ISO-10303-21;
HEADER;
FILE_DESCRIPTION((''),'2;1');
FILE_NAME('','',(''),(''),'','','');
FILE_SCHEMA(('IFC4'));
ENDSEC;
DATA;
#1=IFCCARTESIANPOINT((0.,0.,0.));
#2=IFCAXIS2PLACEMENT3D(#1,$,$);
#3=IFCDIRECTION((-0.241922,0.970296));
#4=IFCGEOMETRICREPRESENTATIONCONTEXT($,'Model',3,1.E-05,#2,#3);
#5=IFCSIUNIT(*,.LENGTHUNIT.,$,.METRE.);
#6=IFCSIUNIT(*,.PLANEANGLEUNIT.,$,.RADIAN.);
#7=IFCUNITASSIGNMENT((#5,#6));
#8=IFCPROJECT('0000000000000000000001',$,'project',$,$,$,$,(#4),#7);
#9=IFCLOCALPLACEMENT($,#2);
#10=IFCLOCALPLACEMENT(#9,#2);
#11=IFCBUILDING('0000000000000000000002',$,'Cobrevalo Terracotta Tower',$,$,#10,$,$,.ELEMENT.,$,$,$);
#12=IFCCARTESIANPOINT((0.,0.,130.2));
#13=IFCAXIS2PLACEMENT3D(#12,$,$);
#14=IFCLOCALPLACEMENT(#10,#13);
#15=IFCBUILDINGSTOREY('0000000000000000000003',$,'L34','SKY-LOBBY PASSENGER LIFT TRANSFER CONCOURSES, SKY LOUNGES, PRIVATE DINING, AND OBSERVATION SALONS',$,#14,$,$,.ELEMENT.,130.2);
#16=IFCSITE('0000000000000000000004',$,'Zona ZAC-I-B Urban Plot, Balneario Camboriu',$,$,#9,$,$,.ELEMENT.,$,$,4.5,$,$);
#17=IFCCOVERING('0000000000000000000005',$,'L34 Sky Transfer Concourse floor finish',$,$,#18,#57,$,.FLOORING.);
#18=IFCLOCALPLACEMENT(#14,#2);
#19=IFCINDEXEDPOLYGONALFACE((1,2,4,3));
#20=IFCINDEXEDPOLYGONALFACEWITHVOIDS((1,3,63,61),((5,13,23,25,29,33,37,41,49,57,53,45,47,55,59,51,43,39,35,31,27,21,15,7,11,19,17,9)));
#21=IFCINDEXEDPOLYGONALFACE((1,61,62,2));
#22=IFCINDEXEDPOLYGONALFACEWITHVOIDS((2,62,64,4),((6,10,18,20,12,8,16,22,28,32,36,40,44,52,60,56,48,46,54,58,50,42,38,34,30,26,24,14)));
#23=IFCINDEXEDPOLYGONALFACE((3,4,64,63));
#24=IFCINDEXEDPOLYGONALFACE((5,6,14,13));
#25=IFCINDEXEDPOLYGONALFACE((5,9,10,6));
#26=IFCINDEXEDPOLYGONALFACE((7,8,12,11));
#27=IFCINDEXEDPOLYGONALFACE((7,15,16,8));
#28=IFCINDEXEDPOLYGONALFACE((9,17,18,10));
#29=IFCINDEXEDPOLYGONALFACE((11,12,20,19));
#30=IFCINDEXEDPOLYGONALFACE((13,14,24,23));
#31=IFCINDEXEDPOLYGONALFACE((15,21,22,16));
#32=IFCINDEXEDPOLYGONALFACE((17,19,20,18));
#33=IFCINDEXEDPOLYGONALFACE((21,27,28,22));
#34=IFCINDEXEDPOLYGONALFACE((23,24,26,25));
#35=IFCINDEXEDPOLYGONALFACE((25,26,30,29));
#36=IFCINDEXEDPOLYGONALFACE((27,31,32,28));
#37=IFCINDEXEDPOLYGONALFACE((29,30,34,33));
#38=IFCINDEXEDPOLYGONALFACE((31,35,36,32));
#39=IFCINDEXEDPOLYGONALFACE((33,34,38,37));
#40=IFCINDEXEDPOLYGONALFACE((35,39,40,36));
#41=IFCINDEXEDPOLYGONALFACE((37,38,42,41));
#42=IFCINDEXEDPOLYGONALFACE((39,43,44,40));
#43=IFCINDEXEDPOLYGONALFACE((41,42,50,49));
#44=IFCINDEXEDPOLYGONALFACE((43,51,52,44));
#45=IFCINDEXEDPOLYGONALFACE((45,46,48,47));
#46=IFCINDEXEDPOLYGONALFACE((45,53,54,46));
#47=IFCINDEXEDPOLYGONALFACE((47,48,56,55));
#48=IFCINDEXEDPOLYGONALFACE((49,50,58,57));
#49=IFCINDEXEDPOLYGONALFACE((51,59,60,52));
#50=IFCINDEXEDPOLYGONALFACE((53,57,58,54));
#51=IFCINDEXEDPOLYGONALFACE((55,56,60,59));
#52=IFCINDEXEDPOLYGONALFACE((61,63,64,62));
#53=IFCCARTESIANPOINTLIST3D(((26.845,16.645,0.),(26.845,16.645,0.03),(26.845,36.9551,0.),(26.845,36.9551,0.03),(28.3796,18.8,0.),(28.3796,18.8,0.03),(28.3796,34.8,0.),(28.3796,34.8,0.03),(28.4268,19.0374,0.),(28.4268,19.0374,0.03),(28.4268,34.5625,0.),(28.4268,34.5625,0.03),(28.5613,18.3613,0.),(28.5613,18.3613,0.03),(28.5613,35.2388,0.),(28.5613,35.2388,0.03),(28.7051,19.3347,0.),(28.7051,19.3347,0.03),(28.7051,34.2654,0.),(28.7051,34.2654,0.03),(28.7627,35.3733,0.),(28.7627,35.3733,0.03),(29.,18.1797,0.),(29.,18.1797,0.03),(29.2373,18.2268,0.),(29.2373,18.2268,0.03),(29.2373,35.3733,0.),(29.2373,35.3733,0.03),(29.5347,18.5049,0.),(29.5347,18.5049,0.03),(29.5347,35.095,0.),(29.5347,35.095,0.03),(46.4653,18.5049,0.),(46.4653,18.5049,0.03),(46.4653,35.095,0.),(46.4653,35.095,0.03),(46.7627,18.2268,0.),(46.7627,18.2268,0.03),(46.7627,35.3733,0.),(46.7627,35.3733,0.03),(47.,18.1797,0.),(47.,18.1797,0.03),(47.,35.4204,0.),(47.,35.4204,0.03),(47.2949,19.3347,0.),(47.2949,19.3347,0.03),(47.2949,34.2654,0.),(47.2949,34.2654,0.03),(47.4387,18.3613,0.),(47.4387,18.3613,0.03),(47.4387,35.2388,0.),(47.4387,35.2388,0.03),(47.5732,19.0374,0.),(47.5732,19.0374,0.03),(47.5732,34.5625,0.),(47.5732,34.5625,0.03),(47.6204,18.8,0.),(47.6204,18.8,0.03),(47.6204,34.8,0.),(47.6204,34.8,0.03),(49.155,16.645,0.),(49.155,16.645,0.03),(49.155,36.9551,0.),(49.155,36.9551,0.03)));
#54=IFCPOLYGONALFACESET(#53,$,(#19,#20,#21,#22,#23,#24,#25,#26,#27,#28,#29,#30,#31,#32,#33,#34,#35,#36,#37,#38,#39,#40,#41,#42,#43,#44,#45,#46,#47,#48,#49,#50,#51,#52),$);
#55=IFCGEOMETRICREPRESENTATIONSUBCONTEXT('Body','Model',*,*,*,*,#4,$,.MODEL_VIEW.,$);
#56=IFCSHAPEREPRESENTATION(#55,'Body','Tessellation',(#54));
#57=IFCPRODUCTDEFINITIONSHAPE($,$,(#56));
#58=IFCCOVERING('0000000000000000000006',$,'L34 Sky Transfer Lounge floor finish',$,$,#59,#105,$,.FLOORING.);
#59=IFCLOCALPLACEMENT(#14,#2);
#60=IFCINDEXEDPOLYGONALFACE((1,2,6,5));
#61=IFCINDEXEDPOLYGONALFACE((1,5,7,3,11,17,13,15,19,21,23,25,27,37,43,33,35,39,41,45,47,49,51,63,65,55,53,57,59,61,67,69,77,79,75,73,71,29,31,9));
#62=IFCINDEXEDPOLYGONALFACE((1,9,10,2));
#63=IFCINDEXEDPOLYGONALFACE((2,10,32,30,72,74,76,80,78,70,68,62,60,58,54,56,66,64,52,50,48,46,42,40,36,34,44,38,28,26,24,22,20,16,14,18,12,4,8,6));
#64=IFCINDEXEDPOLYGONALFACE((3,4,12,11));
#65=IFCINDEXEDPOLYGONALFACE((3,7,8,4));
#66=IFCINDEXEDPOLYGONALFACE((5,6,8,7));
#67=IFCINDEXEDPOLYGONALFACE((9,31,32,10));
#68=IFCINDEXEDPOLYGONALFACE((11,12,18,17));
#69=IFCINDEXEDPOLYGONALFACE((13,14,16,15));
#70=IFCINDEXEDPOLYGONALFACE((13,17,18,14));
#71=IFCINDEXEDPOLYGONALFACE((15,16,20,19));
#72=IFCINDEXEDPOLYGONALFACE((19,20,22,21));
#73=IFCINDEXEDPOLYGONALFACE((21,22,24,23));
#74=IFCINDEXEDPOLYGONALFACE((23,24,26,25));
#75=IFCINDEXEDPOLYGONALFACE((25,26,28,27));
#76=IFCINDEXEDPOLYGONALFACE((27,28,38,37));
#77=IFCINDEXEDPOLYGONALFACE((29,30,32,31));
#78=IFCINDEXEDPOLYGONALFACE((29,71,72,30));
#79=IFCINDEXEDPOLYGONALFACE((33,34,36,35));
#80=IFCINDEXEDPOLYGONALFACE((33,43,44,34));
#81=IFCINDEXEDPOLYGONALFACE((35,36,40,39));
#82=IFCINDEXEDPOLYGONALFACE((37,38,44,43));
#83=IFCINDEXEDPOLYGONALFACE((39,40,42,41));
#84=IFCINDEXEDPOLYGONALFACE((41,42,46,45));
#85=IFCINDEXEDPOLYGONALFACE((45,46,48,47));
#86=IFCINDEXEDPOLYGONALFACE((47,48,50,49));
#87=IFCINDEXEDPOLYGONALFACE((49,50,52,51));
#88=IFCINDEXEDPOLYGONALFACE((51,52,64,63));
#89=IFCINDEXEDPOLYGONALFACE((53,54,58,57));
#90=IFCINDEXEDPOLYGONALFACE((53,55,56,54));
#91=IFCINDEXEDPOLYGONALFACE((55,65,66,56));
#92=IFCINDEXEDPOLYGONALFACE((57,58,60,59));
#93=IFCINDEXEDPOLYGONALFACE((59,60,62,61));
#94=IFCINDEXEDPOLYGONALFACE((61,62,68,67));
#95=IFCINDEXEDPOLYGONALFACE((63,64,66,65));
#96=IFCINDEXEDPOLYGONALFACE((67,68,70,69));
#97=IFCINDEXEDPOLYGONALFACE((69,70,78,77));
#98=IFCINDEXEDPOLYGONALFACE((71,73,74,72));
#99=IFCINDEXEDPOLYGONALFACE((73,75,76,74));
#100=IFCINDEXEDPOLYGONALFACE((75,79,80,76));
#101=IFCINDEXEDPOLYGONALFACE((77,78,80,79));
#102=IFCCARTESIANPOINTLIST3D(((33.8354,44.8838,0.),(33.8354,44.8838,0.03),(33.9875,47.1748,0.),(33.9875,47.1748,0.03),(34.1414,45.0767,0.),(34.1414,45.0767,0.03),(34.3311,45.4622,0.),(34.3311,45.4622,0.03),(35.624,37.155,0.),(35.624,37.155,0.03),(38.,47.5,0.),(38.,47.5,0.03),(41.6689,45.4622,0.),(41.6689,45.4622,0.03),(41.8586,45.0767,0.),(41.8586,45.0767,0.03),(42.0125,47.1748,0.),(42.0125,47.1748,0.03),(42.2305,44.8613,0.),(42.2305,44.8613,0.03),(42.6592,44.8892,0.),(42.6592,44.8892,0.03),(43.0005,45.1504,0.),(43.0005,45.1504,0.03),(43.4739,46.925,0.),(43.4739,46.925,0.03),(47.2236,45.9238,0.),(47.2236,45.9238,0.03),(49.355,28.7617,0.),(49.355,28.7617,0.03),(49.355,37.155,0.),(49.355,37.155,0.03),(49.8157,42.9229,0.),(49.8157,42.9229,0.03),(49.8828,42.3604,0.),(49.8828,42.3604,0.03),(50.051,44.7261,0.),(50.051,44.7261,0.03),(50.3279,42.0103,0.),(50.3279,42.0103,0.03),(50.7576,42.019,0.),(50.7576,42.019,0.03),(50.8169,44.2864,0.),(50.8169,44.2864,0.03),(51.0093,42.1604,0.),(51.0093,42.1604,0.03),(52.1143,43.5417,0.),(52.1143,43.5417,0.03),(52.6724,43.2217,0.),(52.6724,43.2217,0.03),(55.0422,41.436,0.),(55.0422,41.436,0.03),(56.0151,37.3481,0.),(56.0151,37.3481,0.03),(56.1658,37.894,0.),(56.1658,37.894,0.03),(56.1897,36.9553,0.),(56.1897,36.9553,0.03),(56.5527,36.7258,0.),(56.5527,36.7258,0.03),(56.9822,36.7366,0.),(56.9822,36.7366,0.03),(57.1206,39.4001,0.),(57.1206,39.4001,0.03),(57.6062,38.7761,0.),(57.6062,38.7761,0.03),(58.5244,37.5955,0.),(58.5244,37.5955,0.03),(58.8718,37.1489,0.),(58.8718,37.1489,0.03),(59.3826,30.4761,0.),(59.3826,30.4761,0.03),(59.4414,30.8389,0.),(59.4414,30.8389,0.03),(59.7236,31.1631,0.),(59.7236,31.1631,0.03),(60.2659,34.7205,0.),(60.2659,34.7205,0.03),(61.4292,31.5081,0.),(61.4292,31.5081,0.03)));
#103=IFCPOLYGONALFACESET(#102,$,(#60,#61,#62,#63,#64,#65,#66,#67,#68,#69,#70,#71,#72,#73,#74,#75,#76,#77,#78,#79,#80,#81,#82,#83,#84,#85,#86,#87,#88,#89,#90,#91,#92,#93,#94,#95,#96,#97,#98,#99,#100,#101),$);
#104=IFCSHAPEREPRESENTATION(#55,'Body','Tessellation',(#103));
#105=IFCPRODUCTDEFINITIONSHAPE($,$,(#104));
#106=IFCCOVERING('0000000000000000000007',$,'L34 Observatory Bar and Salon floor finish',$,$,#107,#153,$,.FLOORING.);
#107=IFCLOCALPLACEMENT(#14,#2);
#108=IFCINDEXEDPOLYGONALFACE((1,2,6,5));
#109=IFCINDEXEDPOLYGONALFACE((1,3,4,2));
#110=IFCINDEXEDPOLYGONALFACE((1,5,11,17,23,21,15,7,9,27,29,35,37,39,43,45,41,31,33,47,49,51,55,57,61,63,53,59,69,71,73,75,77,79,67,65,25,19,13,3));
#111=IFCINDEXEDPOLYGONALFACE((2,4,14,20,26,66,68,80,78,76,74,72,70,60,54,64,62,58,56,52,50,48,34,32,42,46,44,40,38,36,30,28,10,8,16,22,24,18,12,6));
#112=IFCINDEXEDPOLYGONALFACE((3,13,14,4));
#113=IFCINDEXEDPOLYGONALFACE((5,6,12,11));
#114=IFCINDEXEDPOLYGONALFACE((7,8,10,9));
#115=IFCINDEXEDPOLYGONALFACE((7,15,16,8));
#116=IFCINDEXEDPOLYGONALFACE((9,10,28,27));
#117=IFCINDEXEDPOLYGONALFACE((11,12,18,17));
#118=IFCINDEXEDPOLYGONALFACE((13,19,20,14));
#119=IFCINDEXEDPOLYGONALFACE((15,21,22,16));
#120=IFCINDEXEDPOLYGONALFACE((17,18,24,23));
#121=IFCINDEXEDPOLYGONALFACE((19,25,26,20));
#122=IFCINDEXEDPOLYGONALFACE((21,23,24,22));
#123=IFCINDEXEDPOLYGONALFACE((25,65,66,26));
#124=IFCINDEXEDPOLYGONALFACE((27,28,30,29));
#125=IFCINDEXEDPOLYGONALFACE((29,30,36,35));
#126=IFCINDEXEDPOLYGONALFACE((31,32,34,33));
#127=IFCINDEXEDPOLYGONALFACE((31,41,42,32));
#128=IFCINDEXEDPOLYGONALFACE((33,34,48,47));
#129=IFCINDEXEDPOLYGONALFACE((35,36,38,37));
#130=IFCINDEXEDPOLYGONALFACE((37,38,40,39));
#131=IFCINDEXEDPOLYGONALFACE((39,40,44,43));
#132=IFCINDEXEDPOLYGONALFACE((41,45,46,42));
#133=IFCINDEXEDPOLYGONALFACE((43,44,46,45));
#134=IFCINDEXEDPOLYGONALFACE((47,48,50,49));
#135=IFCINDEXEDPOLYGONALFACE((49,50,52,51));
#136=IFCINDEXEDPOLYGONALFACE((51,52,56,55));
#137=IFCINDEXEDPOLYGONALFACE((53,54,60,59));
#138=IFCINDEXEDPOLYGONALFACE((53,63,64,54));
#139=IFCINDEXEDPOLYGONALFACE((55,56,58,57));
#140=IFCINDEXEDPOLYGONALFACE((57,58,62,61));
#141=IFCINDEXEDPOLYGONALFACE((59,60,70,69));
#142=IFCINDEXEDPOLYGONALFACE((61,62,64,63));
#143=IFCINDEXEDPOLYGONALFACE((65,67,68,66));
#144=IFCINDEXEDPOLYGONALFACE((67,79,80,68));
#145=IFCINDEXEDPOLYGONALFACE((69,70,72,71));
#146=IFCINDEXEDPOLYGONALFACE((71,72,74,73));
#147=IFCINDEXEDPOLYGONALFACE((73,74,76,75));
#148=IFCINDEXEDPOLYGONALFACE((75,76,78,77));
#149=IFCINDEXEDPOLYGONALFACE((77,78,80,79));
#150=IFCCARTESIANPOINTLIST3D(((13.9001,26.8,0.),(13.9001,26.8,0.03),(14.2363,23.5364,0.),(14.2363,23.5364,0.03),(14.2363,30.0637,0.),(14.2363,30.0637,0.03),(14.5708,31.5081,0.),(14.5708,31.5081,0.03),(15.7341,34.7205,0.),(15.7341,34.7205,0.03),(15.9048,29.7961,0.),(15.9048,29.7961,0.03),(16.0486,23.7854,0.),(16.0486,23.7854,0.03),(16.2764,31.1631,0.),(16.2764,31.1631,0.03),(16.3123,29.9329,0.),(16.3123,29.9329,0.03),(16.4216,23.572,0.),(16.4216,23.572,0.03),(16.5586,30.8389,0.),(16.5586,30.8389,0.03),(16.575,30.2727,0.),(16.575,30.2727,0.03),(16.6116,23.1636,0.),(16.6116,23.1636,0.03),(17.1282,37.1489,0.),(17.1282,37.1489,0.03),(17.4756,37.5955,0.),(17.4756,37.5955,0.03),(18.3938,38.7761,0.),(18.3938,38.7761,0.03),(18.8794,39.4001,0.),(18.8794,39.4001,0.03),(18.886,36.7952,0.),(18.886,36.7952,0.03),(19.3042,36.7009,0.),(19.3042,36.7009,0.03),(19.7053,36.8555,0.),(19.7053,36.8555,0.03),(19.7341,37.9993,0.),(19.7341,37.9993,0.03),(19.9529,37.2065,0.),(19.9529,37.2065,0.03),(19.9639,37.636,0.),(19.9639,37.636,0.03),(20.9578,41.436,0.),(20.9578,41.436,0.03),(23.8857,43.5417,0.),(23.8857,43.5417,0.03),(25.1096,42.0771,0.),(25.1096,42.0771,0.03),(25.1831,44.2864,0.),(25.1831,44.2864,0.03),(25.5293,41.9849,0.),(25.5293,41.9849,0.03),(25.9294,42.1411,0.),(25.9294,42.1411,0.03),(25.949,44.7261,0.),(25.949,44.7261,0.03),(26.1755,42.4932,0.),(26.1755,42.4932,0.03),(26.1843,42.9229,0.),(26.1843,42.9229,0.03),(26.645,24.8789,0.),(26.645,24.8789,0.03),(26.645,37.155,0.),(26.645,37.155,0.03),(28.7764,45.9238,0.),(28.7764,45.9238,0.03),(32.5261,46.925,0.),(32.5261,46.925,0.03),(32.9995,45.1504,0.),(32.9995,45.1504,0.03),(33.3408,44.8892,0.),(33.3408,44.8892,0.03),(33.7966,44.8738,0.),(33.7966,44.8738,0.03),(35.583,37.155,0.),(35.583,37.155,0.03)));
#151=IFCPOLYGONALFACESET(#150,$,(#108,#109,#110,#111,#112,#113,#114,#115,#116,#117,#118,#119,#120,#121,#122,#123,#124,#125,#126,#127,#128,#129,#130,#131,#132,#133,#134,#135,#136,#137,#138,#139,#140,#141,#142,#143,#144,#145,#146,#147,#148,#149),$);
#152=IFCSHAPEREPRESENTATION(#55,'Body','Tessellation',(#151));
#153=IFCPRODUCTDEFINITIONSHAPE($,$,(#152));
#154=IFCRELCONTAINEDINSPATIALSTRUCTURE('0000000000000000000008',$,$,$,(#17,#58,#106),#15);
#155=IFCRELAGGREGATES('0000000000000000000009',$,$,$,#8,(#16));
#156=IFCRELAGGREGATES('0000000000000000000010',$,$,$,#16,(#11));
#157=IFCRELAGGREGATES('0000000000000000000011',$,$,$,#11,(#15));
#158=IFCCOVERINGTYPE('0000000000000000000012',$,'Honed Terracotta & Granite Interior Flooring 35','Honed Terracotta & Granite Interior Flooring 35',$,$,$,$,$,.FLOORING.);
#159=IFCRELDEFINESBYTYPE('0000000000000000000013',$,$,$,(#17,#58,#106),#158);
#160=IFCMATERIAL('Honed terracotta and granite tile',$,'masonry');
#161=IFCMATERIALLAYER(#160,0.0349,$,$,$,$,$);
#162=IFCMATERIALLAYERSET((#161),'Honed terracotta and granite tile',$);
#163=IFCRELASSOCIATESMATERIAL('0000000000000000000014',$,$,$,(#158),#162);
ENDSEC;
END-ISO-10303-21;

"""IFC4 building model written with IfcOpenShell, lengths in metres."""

from ifc_helpers import new_model, si_unit, direction, frame, origin, place, context, subcontext, project, spatial, polyline, outline, extrude, material, layer, layer_set, type_object, element, save


model = new_model("IFC4")

# Units and contexts
model_context = context("Model", 3, precision=1e-05, world=origin(), true_north=direction((-0.241922, 0.970296)))
body_context = subcontext(model_context, "Body", "Model", "MODEL_VIEW")
ifc_project = project(units=[si_unit("LENGTHUNIT", "METRE"), si_unit("PLANEANGLEUNIT", "RADIAN")], contexts=[model_context])

# Site, building, storey
site_placement = place(None, origin())
site = spatial("IfcSite", under=ifc_project, at=site_placement, Name="Zona ZAC-I-B Urban Plot, Balneario Camboriu", CompositionType="ELEMENT", RefElevation=4.5)
building_placement = place(site_placement, origin())
building = spatial("IfcBuilding", under=site, at=building_placement, Name="Cobrevalo Terracotta Tower", CompositionType="ELEMENT")
storey_placement = place(building_placement, frame((0.0, 0.0, 130.2)))
storey = spatial("IfcBuildingStorey", under=building, at=storey_placement, Name="L34", Description="SKY-LOBBY PASSENGER LIFT TRANSFER CONCOURSES, SKY LOUNGES, PRIVATE DINING, AND OBSERVATION SALONS", CompositionType="ELEMENT", Elevation=130.2)

# Coverings
ifc_material_1 = material(Name="Honed terracotta and granite tile", Category="masonry")
ifc_layer_1 = layer(ifc_material_1, 0.0349)
ifc_layer_set_1 = layer_set([ifc_layer_1], Name="Honed terracotta and granite tile")
covering_type_1 = type_object("IfcCoveringType", Name="Honed Terracotta & Granite Interior Flooring 35", Description="Honed Terracotta & Granite Interior Flooring 35", PredefinedType="FLOORING", material=ifc_layer_set_1)
covering_1_placement = place(storey_placement, origin())
element("IfcCovering", 1, at=covering_1_placement, inside=storey, type_object=covering_type_1, Name="L34 Sky Transfer Concourse floor finish", PredefinedType="FLOORING", context=body_context, shape_type="SweptSolid", body=[
    extrude(outline(polyline([(49.155, 16.645), (26.845, 16.645), (26.845, 36.9551), (49.155, 36.9551), (49.155, 16.645)]), holes=[polyline([(29.5347, 35.095), (29.2373, 35.3733), (28.7627, 35.3733), (28.5613, 35.2388), (28.3796, 34.8), (28.4268, 34.5625), (28.7051, 34.2654), (28.7051, 19.3347), (28.4268, 19.0374), (28.3796, 18.8), (28.5613, 18.3613), (29.0, 18.1797), (29.2373, 18.2268), (29.5347, 18.5049), (46.4653, 18.5049), (46.7627, 18.2268), (47.0, 18.1797), (47.4387, 18.3613), (47.6204, 18.8), (47.5732, 19.0374), (47.2949, 19.3347), (47.2949, 34.2654), (47.5732, 34.5625), (47.6204, 34.8), (47.4387, 35.2388), (47.0, 35.4204), (46.7627, 35.3733), (46.4653, 35.095), (29.5347, 35.095)])]), origin(), (0.0, 0.0, 1.0), 0.03),
])
covering_2_placement = place(storey_placement, origin())
element("IfcCovering", 2, at=covering_2_placement, inside=storey, type_object=covering_type_1, Name="L34 Sky Transfer Lounge floor finish", PredefinedType="FLOORING", context=body_context, shape_type="SweptSolid", body=[
    extrude(outline(polyline([(38.0, 47.5), (42.0125, 47.1748), (41.6689, 45.4622), (41.8586, 45.0767), (42.2305, 44.8613), (42.6592, 44.8892), (43.0005, 45.1504), (43.4739, 46.925), (47.2236, 45.9238), (50.051, 44.7261), (50.8169, 44.2864), (49.8157, 42.9229), (49.8828, 42.3604), (50.3279, 42.0103), (50.7576, 42.019), (51.0093, 42.1604), (52.1143, 43.5417), (52.6724, 43.2217), (55.0422, 41.436), (57.1206, 39.4001), (57.6062, 38.7761), (56.1658, 37.894), (56.0151, 37.3481), (56.1897, 36.9553), (56.5527, 36.7258), (56.9822, 36.7366), (58.5244, 37.5955), (58.8718, 37.1489), (60.2659, 34.7205), (61.4292, 31.5081), (59.7236, 31.1631), (59.4414, 30.8389), (59.3826, 30.4761), (49.355, 28.7617), (49.355, 37.155), (35.624, 37.155), (33.8354, 44.8838), (34.1414, 45.0767), (34.3311, 45.4622), (33.9875, 47.1748), (38.0, 47.5)])), origin(), (0.0, 0.0, 1.0), 0.03),
])
covering_3_placement = place(storey_placement, origin())
element("IfcCovering", 3, at=covering_3_placement, inside=storey, type_object=covering_type_1, Name="L34 Observatory Bar and Salon floor finish", PredefinedType="FLOORING", context=body_context, shape_type="SweptSolid", body=[
    extrude(outline(polyline([(13.9001, 26.8), (14.2363, 30.0637), (15.9048, 29.7961), (16.3123, 29.9329), (16.575, 30.2727), (16.5586, 30.8389), (16.2764, 31.1631), (14.5708, 31.5081), (15.7341, 34.7205), (17.1282, 37.1489), (17.4756, 37.5955), (18.886, 36.7952), (19.3042, 36.7009), (19.7053, 36.8555), (19.9529, 37.2065), (19.9639, 37.636), (19.7341, 37.9993), (18.3938, 38.7761), (18.8794, 39.4001), (20.9578, 41.436), (23.8857, 43.5417), (25.1096, 42.0771), (25.5293, 41.9849), (25.9294, 42.1411), (26.1755, 42.4932), (26.1843, 42.9229), (25.1831, 44.2864), (25.949, 44.7261), (28.7764, 45.9238), (32.5261, 46.925), (32.9995, 45.1504), (33.3408, 44.8892), (33.7966, 44.8738), (35.583, 37.155), (26.645, 37.155), (26.645, 24.8789), (16.6116, 23.1636), (16.4216, 23.572), (16.0486, 23.7854), (14.2363, 23.5364), (13.9001, 26.8)])), origin(), (0.0, 0.0, 1.0), 0.03),
])

save(model, "model.ifc")
